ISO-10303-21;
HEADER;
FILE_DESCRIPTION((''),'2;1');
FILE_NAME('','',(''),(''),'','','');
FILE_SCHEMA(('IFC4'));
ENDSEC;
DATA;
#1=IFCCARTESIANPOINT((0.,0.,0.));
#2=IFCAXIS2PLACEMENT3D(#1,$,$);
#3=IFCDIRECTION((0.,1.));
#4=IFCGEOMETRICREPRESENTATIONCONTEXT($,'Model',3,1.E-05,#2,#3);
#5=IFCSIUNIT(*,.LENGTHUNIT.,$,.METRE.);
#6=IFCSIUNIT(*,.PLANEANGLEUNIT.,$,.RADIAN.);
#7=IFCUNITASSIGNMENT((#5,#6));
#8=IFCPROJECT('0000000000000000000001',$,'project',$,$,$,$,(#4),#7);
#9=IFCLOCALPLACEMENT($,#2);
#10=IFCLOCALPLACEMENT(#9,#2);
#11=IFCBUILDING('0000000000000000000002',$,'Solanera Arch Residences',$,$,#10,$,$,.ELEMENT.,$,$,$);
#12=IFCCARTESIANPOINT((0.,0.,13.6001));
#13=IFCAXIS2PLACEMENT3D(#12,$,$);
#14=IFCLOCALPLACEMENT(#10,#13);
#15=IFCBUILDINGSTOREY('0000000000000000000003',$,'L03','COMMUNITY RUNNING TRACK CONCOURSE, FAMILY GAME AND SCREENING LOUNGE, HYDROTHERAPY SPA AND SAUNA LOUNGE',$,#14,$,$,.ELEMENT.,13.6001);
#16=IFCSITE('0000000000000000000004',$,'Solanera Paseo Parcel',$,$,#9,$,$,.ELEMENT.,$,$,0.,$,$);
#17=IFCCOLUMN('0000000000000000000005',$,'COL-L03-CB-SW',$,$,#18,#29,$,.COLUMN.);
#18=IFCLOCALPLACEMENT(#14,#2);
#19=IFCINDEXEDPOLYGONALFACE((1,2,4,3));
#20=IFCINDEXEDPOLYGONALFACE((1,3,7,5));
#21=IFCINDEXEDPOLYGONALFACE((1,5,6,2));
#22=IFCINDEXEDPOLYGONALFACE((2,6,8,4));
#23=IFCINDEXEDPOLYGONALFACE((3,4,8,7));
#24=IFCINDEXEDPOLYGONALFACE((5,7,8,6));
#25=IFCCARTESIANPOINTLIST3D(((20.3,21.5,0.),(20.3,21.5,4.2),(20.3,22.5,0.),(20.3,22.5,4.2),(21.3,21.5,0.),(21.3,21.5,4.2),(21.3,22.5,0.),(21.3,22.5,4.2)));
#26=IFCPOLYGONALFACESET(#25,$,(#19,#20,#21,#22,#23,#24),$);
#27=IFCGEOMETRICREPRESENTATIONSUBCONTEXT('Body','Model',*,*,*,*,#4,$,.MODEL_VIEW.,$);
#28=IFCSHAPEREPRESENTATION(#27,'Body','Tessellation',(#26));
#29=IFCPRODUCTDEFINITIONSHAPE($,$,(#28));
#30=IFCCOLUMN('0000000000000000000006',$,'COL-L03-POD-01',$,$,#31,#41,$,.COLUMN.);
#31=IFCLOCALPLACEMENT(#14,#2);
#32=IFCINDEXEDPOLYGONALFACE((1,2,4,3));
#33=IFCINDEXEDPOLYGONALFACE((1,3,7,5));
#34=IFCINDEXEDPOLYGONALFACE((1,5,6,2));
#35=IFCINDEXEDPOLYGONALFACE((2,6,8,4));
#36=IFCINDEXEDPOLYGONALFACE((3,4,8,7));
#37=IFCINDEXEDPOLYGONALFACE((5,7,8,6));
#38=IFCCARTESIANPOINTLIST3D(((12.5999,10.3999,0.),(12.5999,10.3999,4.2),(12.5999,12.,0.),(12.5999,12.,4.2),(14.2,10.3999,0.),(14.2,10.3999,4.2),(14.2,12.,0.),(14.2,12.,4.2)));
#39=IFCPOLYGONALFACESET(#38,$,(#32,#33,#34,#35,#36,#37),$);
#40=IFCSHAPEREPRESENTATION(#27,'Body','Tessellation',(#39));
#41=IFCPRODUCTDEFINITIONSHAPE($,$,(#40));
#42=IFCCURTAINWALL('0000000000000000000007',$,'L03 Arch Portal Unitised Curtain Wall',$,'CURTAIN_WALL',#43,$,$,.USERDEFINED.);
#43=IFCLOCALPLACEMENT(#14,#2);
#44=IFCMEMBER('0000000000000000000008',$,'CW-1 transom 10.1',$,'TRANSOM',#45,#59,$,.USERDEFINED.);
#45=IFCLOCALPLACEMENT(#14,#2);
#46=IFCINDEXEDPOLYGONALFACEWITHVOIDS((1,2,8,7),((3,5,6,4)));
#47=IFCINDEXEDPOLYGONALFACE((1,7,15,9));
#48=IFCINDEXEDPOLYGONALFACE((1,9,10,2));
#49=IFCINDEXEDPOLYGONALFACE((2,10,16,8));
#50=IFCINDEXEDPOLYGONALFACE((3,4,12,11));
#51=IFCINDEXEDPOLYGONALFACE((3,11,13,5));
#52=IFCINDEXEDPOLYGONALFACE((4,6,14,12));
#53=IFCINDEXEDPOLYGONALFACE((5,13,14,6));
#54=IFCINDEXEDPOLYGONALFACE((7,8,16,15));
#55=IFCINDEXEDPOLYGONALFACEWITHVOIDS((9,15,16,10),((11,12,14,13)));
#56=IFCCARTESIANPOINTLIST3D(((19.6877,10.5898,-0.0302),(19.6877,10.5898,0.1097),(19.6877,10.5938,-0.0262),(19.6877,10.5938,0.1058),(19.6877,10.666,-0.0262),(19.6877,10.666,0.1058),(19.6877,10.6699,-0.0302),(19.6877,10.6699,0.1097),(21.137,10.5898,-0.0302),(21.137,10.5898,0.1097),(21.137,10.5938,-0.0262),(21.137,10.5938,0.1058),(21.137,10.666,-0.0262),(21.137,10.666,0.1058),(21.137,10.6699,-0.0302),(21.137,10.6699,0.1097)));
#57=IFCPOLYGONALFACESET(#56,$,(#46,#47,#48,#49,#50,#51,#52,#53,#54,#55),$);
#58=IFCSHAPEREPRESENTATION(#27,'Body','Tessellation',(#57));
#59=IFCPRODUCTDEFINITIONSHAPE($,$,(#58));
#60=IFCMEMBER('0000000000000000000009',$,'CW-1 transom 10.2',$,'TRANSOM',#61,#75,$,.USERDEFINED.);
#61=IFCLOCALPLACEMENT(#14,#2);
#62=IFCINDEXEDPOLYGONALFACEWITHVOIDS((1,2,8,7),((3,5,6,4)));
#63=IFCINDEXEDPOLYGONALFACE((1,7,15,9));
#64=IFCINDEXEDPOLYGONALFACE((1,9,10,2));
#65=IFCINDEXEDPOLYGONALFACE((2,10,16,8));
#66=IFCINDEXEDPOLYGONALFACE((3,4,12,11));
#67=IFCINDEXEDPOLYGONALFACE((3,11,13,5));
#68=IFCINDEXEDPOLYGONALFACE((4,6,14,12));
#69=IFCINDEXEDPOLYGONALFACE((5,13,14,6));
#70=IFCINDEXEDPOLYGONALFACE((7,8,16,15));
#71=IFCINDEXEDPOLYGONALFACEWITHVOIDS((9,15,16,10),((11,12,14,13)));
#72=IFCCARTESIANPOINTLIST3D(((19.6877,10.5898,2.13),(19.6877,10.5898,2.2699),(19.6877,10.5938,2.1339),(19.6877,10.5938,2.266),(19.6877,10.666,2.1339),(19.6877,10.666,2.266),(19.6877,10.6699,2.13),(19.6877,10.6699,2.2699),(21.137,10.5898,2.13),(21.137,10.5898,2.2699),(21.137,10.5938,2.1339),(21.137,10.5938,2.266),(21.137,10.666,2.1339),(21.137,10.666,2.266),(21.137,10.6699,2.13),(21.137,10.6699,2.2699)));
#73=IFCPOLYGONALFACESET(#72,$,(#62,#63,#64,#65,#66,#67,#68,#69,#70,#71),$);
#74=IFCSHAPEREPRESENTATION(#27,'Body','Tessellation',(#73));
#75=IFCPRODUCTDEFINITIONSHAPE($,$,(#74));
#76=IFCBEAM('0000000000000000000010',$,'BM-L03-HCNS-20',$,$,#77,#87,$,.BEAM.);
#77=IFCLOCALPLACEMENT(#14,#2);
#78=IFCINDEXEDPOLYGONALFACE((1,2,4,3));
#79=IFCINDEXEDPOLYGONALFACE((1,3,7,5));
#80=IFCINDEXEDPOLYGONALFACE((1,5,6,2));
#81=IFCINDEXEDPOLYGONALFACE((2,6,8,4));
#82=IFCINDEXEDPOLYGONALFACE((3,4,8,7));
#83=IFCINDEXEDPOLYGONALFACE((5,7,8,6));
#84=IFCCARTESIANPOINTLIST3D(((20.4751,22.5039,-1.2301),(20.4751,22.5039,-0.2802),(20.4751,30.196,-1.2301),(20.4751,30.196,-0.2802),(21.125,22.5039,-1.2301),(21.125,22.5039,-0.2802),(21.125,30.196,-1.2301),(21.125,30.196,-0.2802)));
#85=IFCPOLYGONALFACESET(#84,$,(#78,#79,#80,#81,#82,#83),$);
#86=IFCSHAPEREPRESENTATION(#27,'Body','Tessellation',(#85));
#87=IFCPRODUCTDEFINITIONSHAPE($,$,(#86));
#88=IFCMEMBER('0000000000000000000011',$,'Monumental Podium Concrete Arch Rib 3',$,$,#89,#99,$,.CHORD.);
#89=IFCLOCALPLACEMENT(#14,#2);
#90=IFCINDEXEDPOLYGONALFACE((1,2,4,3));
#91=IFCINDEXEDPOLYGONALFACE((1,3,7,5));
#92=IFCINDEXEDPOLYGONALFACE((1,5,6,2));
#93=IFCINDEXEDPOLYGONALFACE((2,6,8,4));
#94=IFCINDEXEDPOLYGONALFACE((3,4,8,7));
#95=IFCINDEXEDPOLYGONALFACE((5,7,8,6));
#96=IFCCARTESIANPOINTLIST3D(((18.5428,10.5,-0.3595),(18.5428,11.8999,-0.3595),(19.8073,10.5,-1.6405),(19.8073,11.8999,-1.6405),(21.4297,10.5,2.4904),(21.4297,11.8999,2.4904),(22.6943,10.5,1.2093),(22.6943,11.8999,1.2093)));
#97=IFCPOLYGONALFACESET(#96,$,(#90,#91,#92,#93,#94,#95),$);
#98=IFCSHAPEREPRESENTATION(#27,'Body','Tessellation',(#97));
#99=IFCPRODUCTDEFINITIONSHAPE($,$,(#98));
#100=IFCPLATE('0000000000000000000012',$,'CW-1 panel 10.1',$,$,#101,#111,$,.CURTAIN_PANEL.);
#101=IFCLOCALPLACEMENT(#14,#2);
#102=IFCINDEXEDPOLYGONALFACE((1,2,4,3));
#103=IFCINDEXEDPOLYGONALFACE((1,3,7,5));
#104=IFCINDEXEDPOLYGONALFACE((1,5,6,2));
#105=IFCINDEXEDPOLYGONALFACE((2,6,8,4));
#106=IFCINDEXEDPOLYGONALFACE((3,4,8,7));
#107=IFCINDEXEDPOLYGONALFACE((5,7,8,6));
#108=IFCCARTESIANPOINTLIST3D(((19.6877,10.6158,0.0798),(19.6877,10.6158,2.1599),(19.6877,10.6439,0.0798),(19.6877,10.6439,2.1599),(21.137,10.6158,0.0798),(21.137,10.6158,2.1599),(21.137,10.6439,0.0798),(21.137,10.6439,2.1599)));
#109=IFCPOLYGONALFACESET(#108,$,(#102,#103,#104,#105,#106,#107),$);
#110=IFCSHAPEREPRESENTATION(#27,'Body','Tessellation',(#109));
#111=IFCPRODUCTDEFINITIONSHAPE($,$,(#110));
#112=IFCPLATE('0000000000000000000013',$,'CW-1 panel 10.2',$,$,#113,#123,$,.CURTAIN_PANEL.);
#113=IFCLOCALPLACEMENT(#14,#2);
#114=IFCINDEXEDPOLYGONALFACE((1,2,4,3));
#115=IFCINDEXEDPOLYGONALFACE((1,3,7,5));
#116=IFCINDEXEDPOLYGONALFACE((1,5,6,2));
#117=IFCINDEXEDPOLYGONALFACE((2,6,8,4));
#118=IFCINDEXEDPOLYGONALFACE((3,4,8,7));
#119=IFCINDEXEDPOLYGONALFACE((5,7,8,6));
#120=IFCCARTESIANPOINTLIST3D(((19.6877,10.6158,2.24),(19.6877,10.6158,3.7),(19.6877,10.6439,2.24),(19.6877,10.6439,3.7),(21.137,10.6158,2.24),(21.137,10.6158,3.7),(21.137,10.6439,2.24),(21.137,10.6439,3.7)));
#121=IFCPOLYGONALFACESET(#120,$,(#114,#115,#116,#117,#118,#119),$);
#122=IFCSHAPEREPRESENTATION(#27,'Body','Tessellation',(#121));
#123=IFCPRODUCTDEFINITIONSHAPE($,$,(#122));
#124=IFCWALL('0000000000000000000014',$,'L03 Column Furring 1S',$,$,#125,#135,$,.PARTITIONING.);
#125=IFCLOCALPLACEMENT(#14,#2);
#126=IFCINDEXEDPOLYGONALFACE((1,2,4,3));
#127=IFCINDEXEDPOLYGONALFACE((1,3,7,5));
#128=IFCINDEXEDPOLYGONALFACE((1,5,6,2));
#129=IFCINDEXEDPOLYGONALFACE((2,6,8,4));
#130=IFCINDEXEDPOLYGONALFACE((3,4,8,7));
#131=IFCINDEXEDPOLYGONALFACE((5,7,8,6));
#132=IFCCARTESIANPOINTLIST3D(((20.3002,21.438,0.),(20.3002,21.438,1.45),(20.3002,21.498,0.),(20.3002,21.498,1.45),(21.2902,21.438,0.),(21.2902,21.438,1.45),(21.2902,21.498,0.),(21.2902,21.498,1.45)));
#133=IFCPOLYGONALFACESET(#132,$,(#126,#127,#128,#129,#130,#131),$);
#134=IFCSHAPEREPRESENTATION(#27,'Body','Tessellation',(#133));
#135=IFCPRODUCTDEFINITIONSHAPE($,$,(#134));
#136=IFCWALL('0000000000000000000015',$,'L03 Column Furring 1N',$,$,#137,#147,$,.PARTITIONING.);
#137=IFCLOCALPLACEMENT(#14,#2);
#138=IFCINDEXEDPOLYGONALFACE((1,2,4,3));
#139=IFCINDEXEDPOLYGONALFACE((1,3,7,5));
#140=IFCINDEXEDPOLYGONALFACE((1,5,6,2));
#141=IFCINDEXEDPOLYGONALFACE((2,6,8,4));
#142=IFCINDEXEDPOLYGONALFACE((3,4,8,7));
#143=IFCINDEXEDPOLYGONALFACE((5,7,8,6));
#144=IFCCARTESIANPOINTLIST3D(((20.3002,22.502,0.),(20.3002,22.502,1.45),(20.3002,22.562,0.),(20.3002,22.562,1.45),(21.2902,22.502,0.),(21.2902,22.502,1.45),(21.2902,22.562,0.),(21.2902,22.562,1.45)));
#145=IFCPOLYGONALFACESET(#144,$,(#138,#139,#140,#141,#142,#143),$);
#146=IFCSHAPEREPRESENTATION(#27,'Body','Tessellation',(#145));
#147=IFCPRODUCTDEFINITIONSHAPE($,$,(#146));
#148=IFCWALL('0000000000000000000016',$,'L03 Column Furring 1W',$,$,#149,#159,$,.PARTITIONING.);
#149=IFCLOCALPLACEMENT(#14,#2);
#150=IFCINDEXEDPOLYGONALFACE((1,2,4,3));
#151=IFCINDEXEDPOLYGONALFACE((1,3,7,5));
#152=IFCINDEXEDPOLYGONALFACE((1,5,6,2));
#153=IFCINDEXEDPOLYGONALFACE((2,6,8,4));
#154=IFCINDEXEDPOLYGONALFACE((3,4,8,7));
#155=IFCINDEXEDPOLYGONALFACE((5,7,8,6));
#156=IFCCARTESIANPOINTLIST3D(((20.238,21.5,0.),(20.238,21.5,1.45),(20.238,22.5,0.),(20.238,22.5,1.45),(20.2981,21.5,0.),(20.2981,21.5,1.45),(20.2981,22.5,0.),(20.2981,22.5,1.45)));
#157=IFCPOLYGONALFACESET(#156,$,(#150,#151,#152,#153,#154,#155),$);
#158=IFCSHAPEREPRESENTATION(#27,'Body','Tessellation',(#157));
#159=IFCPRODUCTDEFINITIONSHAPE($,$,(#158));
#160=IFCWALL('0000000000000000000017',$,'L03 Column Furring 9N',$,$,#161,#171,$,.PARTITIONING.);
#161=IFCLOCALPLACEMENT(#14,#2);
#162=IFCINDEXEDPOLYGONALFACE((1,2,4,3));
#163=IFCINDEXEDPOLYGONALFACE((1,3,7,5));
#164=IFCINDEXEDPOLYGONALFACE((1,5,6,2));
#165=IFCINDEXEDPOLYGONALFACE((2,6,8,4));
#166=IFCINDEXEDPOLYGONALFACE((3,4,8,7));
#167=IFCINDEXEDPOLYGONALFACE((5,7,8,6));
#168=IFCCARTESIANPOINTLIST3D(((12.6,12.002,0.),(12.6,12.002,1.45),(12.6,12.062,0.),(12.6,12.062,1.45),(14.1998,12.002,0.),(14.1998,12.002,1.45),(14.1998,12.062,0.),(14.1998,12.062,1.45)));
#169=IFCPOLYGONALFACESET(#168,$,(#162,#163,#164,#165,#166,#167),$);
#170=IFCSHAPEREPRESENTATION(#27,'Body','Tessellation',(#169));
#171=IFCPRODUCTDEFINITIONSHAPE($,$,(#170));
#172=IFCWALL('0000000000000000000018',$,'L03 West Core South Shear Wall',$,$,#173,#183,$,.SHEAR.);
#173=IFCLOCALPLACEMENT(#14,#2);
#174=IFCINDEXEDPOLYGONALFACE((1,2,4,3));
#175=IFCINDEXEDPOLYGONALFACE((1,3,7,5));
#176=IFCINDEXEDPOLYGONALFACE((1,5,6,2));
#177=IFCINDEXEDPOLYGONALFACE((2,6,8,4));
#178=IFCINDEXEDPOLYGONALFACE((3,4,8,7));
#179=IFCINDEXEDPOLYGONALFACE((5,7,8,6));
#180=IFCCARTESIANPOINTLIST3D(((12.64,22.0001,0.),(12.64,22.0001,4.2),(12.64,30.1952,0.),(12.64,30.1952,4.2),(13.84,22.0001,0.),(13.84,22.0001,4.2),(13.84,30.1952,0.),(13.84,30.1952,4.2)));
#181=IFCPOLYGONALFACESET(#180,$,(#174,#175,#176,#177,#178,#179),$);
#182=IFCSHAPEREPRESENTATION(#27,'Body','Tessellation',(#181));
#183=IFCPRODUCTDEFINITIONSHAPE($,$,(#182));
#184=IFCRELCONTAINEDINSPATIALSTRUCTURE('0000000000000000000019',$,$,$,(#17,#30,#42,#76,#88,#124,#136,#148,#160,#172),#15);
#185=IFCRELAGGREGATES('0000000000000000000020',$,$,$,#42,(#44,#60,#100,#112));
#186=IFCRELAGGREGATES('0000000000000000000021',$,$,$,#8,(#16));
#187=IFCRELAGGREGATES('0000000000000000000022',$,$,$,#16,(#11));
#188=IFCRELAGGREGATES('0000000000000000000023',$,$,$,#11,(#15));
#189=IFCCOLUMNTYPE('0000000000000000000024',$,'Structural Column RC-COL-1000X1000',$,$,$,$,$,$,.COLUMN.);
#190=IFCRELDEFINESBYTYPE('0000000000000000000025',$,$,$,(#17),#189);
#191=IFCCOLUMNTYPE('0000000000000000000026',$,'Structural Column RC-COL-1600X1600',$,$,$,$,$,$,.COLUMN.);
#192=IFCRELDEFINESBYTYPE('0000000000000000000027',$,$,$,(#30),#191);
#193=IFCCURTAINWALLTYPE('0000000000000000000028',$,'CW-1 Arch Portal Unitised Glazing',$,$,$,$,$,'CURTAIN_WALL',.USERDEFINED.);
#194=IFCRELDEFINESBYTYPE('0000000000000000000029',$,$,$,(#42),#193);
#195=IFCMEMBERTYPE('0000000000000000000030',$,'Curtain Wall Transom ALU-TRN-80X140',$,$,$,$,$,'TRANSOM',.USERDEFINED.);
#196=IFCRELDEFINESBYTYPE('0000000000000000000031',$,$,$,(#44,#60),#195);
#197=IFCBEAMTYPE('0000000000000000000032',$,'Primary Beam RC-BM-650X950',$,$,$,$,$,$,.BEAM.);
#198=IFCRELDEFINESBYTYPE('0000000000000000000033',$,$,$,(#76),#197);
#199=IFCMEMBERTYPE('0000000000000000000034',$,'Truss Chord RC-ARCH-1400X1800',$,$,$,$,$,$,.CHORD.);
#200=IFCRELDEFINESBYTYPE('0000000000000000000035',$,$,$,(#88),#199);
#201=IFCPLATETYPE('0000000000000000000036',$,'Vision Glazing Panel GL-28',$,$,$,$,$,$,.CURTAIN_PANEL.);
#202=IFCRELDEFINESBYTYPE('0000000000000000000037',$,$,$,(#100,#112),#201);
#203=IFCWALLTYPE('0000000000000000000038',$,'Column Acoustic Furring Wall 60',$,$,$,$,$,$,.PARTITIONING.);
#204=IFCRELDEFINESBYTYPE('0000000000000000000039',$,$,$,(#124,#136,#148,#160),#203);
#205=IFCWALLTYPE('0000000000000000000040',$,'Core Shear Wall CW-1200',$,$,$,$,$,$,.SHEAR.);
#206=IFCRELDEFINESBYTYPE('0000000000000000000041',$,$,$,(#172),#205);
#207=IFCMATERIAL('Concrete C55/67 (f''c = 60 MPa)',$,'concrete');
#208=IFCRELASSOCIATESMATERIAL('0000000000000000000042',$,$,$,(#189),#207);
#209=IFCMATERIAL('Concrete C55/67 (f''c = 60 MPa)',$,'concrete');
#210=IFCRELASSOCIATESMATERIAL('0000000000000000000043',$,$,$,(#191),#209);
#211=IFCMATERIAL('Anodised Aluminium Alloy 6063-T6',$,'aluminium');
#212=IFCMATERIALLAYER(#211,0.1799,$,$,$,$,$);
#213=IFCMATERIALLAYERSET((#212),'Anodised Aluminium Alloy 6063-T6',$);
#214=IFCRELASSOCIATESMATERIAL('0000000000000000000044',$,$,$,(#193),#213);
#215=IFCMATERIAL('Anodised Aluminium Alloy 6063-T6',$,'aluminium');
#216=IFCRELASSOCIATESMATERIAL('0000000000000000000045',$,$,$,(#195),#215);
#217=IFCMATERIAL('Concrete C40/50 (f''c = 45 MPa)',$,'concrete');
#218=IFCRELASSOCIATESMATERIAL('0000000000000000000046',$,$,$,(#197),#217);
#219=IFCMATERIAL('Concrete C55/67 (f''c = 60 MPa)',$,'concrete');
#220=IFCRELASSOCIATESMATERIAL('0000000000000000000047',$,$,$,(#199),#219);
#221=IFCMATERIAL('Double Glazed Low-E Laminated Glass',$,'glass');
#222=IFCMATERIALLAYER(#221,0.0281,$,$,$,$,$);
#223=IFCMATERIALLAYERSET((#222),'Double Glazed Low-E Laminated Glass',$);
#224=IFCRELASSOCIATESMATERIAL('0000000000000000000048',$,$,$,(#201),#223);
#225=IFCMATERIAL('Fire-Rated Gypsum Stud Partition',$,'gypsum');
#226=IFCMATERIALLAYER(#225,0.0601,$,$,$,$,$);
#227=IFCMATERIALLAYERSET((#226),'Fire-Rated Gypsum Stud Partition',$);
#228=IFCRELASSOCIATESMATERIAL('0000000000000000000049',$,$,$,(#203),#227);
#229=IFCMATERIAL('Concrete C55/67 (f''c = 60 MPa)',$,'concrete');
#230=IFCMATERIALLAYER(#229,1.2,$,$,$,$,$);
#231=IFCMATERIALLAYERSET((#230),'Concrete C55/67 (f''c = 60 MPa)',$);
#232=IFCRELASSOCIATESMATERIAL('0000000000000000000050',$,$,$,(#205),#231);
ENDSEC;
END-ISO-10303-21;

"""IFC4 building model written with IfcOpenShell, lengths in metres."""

from ifc_helpers import new_model, si_unit, direction, frame, frame_2d, origin, origin_2d, place, context, subcontext, project, spatial, rectangle, hollow_rectangle, extrude, material, layer, layer_set, material_profile, profile_set, type_object, element, aggregate, save


model = new_model("IFC4")

# Units and contexts
model_context = context("Model", 3, precision=1e-05, world=origin(), true_north=direction((0.0, 1.0)))
body_context = subcontext(model_context, "Body", "Model", "MODEL_VIEW")
ifc_project = project(units=[si_unit("LENGTHUNIT", "METRE"), si_unit("PLANEANGLEUNIT", "RADIAN")], contexts=[model_context])

# Site, building, storey
site_placement = place(None, origin())
site = spatial("IfcSite", under=ifc_project, at=site_placement, Name="Solanera Paseo Parcel", CompositionType="ELEMENT", RefElevation=0.0)
building_placement = place(site_placement, origin())
building = spatial("IfcBuilding", under=site, at=building_placement, Name="Solanera Arch Residences", CompositionType="ELEMENT")
storey_placement = place(building_placement, frame((0.0, 0.0, 13.6001)))
storey = spatial("IfcBuildingStorey", under=building, at=storey_placement, Name="L03", Description="COMMUNITY RUNNING TRACK CONCOURSE, FAMILY GAME AND SCREENING LOUNGE, HYDROTHERAPY SPA AND SAUNA LOUNGE", CompositionType="ELEMENT", Elevation=13.6001)

# Columns
ifc_material_1 = material(Name="Concrete C55/67 (f'c = 60 MPa)", Category="concrete")
ifc_material_profile_1 = material_profile(ifc_material_1, rectangle(XDim=1.0, YDim=1.0, at=origin_2d()))
ifc_profile_set_1 = profile_set([ifc_material_profile_1], Name="Concrete C55/67 (f'c = 60 MPa)")
column_type_1 = type_object("IfcColumnType", Name="Structural Column RC-COL-1000X1000", PredefinedType="COLUMN", material=ifc_profile_set_1)
column_1_placement = place(storey_placement, frame((20.8, 22.0, 0.0), z_axis=(0.0, 0.0, 1.0), x_axis=(1.0, 0.0, 0.0)))
element("IfcColumn", 1, at=column_1_placement, inside=storey, type_object=column_type_1, Name="COL-L03-CB-SW", PredefinedType="COLUMN", context=body_context, shape_type="SweptSolid", body=[
    extrude(rectangle(XDim=1.0, YDim=1.0, at=origin_2d()), origin(), (0.0, 0.0, 1.0), 4.2),
])
ifc_material_2 = material(Name="Concrete C55/67 (f'c = 60 MPa)", Category="concrete")
ifc_material_profile_2 = material_profile(ifc_material_2, rectangle(XDim=1.6001, YDim=1.6001, at=origin_2d()))
ifc_profile_set_2 = profile_set([ifc_material_profile_2], Name="Concrete C55/67 (f'c = 60 MPa)")
column_type_2 = type_object("IfcColumnType", Name="Structural Column RC-COL-1600X1600", PredefinedType="COLUMN", material=ifc_profile_set_2)
column_2_placement = place(storey_placement, frame((13.3999, 11.2, 0.0), z_axis=(0.0, 0.0, 1.0), x_axis=(1.0, 0.0, 0.0)))
element("IfcColumn", 2, at=column_2_placement, inside=storey, type_object=column_type_2, Name="COL-L03-POD-01", PredefinedType="COLUMN", context=body_context, shape_type="SweptSolid", body=[
    extrude(rectangle(XDim=1.6001, YDim=1.6001, at=origin_2d()), origin(), (0.0, 0.0, 1.0), 4.2),
])

# Curtain wall, members
ifc_material_3 = material(Name="Anodised Aluminium Alloy 6063-T6", Category="aluminium")
ifc_layer_1 = layer(ifc_material_3, 0.1799)
ifc_layer_set_1 = layer_set([ifc_layer_1], Name="Anodised Aluminium Alloy 6063-T6")
curtain_wall_type = type_object("IfcCurtainWallType", Name="CW-1 Arch Portal Unitised Glazing", ElementType="CURTAIN_WALL", PredefinedType="USERDEFINED", material=ifc_layer_set_1)
curtain_wall_placement = place(storey_placement, origin())
curtain_wall = element("IfcCurtainWall", 3, at=curtain_wall_placement, inside=storey, type_object=curtain_wall_type, Name="L03 Arch Portal Unitised Curtain Wall", ObjectType="CURTAIN_WALL", PredefinedType="USERDEFINED")
ifc_material_4 = material(Name="Anodised Aluminium Alloy 6063-T6", Category="aluminium")
ifc_material_profile_3 = material_profile(ifc_material_4, hollow_rectangle(XDim=0.0801, YDim=0.1399, WallThickness=0.0039, at=origin_2d()))
ifc_profile_set_3 = profile_set([ifc_material_profile_3], Name="Anodised Aluminium Alloy 6063-T6")
member_type_1 = type_object("IfcMemberType", Name="Curtain Wall Transom ALU-TRN-80X140", ElementType="TRANSOM", PredefinedType="USERDEFINED", material=ifc_profile_set_3)
member_1_placement = place(storey_placement, frame((21.137, 10.6299, 0.0398), z_axis=(-1.0, 0.0, 0.0), x_axis=(0.0, -1.0, 0.0)))
member_1 = element("IfcMember", 4, at=member_1_placement, type_object=member_type_1, Name="CW-1 transom 10.1", ObjectType="TRANSOM", PredefinedType="USERDEFINED", context=body_context, shape_type="SweptSolid", body=[
    extrude(hollow_rectangle(XDim=0.0801, YDim=0.1399, WallThickness=0.0039, at=origin_2d()), origin(), (0.0, 0.0, 1.0), 1.4492),
])
member_2_placement = place(storey_placement, frame((21.137, 10.6299, 2.2), z_axis=(-1.0, 0.0, 0.0), x_axis=(0.0, -1.0, 0.0)))
member_2 = element("IfcMember", 5, at=member_2_placement, type_object=member_type_1, Name="CW-1 transom 10.2", ObjectType="TRANSOM", PredefinedType="USERDEFINED", context=body_context, shape_type="SweptSolid", body=[
    extrude(hollow_rectangle(XDim=0.0801, YDim=0.1399, WallThickness=0.0039, at=origin_2d()), origin(), (0.0, 0.0, 1.0), 1.4492),
])

# Beam
ifc_material_5 = material(Name="Concrete C40/50 (f'c = 45 MPa)", Category="concrete")
ifc_material_profile_4 = material_profile(ifc_material_5, rectangle(XDim=0.6499, YDim=0.95, at=origin_2d()))
ifc_profile_set_4 = profile_set([ifc_material_profile_4], Name="Concrete C40/50 (f'c = 45 MPa)")
beam_type = type_object("IfcBeamType", Name="Primary Beam RC-BM-650X950", PredefinedType="BEAM", material=ifc_profile_set_4)
beam_placement = place(storey_placement, frame((20.8, 22.5039, -0.7551), z_axis=(0.0, 1.0, 0.0), x_axis=(-1.0, 0.0, 0.0)))
element("IfcBeam", 6, at=beam_placement, inside=storey, type_object=beam_type, Name="BM-L03-HCNS-20", PredefinedType="BEAM", context=body_context, shape_type="SweptSolid", body=[
    extrude(rectangle(XDim=0.6499, YDim=0.95, at=origin_2d()), origin(), (0.0, 0.0, 1.0), 7.6921),
])

# Member
ifc_material_6 = material(Name="Concrete C55/67 (f'c = 60 MPa)", Category="concrete")
ifc_material_profile_5 = material_profile(ifc_material_6, rectangle(XDim=1.3999, YDim=1.8, at=origin_2d()))
ifc_profile_set_5 = profile_set([ifc_material_profile_5], Name="Concrete C55/67 (f'c = 60 MPa)")
member_type_2 = type_object("IfcMemberType", Name="Truss Chord RC-ARCH-1400X1800", PredefinedType="CHORD", material=ifc_profile_set_5)
member_3_placement = place(storey_placement, frame((19.175, 11.2, -1.0), z_axis=(0.711666, 0.0, 0.702518), x_axis=(0.0, 1.0, 0.0)))
element("IfcMember", 7, at=member_3_placement, inside=storey, type_object=member_type_2, Name="Monumental Podium Concrete Arch Rib 3", PredefinedType="CHORD", context=body_context, shape_type="SweptSolid", body=[
    extrude(rectangle(XDim=1.3999, YDim=1.8, at=origin_2d()), origin(), (0.0, 0.0, 1.0), 4.0566),
])

# Plates
ifc_material_7 = material(Name="Double Glazed Low-E Laminated Glass", Category="glass")
ifc_layer_2 = layer(ifc_material_7, 0.0281)
ifc_layer_set_2 = layer_set([ifc_layer_2], Name="Double Glazed Low-E Laminated Glass")
plate_type = type_object("IfcPlateType", Name="Vision Glazing Panel GL-28", PredefinedType="CURTAIN_PANEL", material=ifc_layer_set_2)
plate_1_placement = place(storey_placement, frame((20.4124, 10.6299, 0.0798), z_axis=(0.0, 0.0, 1.0), x_axis=(-1.0, 0.0, 0.0)))
plate_1 = element("IfcPlate", 8, at=plate_1_placement, type_object=plate_type, Name="CW-1 panel 10.1", PredefinedType="CURTAIN_PANEL", context=body_context, shape_type="SweptSolid", body=[
    extrude(rectangle(XDim=1.4492, YDim=0.0281, at=origin_2d()), origin(), (0.0, 0.0, 1.0), 2.0801),
])
plate_2_placement = place(storey_placement, frame((20.4124, 10.6299, 2.24), z_axis=(0.0, 0.0, 1.0), x_axis=(-1.0, 0.0, 0.0)))
plate_2 = element("IfcPlate", 9, at=plate_2_placement, type_object=plate_type, Name="CW-1 panel 10.2", PredefinedType="CURTAIN_PANEL", context=body_context, shape_type="SweptSolid", body=[
    extrude(rectangle(XDim=1.4492, YDim=0.0281, at=origin_2d()), origin(), (0.0, 0.0, 1.0), 1.46),
])
aggregate(curtain_wall, [member_1, member_2, plate_1, plate_2])

# Walls
ifc_material_8 = material(Name="Fire-Rated Gypsum Stud Partition", Category="gypsum")
ifc_layer_3 = layer(ifc_material_8, 0.0601)
ifc_layer_set_3 = layer_set([ifc_layer_3], Name="Fire-Rated Gypsum Stud Partition")
wall_type_1 = type_object("IfcWallType", Name="Column Acoustic Furring Wall 60", PredefinedType="PARTITIONING", material=ifc_layer_set_3)
for number, where, z_axis, x_axis, name in (
    (10, (20.3, 21.468, 0.0), (0.0, 0.0, 1.0), (1.0, 0.0, 0.0), "L03 Column Furring 1S"),
    (11, (20.3, 22.532, 0.0), (0.0, 0.0, 1.0), (1.0, 0.0, 0.0), "L03 Column Furring 1N"),
):
    element("IfcWall", number, at=place(storey_placement, frame(where, z_axis=z_axis, x_axis=x_axis)), inside=storey, type_object=wall_type_1, Name=name, PredefinedType="PARTITIONING", context=body_context, shape_type="SweptSolid", body=[
        extrude(rectangle(XDim=0.99, YDim=0.0601, at=frame_2d((0.4951, 0.0))), origin(), (0.0, 0.0, 1.0), 1.45),
    ])
wall_1_placement = place(storey_placement, frame((20.2681, 21.5, 0.0), z_axis=(0.0, 0.0, 1.0), x_axis=(0.0, 1.0, 0.0)))
element("IfcWall", 12, at=wall_1_placement, inside=storey, type_object=wall_type_1, Name="L03 Column Furring 1W", PredefinedType="PARTITIONING", context=body_context, shape_type="SweptSolid", body=[
    extrude(rectangle(XDim=1.0, YDim=0.0601, at=frame_2d((0.5, 0.0))), origin(), (0.0, 0.0, 1.0), 1.45),
])
wall_2_placement = place(storey_placement, frame((12.6001, 12.032, 0.0), z_axis=(0.0, 0.0, 1.0), x_axis=(1.0, 0.0, 0.0)))
element("IfcWall", 13, at=wall_2_placement, inside=storey, type_object=wall_type_1, Name="L03 Column Furring 9N", PredefinedType="PARTITIONING", context=body_context, shape_type="SweptSolid", body=[
    extrude(rectangle(XDim=1.5999, YDim=0.0601, at=frame_2d((0.7998, 0.0))), origin(), (0.0, 0.0, 1.0), 1.45),
])
ifc_material_9 = material(Name="Concrete C55/67 (f'c = 60 MPa)", Category="concrete")
ifc_layer_4 = layer(ifc_material_9, 1.2)
ifc_layer_set_4 = layer_set([ifc_layer_4], Name="Concrete C55/67 (f'c = 60 MPa)")
wall_type_2 = type_object("IfcWallType", Name="Core Shear Wall CW-1200", PredefinedType="SHEAR", material=ifc_layer_set_4)
wall_3_placement = place(storey_placement, frame((13.24, 22.0, 0.0), z_axis=(0.0, 0.0, 1.0), x_axis=(0.0, 1.0, 0.0)))
element("IfcWall", 14, at=wall_3_placement, inside=storey, type_object=wall_type_2, Name="L03 West Core South Shear Wall", PredefinedType="SHEAR", context=body_context, shape_type="SweptSolid", body=[
    extrude(rectangle(XDim=8.1951, YDim=1.2, at=frame_2d((4.0977, 0.0))), origin(), (0.0, 0.0, 1.0), 4.2),
])

save(model, "model.ifc")
